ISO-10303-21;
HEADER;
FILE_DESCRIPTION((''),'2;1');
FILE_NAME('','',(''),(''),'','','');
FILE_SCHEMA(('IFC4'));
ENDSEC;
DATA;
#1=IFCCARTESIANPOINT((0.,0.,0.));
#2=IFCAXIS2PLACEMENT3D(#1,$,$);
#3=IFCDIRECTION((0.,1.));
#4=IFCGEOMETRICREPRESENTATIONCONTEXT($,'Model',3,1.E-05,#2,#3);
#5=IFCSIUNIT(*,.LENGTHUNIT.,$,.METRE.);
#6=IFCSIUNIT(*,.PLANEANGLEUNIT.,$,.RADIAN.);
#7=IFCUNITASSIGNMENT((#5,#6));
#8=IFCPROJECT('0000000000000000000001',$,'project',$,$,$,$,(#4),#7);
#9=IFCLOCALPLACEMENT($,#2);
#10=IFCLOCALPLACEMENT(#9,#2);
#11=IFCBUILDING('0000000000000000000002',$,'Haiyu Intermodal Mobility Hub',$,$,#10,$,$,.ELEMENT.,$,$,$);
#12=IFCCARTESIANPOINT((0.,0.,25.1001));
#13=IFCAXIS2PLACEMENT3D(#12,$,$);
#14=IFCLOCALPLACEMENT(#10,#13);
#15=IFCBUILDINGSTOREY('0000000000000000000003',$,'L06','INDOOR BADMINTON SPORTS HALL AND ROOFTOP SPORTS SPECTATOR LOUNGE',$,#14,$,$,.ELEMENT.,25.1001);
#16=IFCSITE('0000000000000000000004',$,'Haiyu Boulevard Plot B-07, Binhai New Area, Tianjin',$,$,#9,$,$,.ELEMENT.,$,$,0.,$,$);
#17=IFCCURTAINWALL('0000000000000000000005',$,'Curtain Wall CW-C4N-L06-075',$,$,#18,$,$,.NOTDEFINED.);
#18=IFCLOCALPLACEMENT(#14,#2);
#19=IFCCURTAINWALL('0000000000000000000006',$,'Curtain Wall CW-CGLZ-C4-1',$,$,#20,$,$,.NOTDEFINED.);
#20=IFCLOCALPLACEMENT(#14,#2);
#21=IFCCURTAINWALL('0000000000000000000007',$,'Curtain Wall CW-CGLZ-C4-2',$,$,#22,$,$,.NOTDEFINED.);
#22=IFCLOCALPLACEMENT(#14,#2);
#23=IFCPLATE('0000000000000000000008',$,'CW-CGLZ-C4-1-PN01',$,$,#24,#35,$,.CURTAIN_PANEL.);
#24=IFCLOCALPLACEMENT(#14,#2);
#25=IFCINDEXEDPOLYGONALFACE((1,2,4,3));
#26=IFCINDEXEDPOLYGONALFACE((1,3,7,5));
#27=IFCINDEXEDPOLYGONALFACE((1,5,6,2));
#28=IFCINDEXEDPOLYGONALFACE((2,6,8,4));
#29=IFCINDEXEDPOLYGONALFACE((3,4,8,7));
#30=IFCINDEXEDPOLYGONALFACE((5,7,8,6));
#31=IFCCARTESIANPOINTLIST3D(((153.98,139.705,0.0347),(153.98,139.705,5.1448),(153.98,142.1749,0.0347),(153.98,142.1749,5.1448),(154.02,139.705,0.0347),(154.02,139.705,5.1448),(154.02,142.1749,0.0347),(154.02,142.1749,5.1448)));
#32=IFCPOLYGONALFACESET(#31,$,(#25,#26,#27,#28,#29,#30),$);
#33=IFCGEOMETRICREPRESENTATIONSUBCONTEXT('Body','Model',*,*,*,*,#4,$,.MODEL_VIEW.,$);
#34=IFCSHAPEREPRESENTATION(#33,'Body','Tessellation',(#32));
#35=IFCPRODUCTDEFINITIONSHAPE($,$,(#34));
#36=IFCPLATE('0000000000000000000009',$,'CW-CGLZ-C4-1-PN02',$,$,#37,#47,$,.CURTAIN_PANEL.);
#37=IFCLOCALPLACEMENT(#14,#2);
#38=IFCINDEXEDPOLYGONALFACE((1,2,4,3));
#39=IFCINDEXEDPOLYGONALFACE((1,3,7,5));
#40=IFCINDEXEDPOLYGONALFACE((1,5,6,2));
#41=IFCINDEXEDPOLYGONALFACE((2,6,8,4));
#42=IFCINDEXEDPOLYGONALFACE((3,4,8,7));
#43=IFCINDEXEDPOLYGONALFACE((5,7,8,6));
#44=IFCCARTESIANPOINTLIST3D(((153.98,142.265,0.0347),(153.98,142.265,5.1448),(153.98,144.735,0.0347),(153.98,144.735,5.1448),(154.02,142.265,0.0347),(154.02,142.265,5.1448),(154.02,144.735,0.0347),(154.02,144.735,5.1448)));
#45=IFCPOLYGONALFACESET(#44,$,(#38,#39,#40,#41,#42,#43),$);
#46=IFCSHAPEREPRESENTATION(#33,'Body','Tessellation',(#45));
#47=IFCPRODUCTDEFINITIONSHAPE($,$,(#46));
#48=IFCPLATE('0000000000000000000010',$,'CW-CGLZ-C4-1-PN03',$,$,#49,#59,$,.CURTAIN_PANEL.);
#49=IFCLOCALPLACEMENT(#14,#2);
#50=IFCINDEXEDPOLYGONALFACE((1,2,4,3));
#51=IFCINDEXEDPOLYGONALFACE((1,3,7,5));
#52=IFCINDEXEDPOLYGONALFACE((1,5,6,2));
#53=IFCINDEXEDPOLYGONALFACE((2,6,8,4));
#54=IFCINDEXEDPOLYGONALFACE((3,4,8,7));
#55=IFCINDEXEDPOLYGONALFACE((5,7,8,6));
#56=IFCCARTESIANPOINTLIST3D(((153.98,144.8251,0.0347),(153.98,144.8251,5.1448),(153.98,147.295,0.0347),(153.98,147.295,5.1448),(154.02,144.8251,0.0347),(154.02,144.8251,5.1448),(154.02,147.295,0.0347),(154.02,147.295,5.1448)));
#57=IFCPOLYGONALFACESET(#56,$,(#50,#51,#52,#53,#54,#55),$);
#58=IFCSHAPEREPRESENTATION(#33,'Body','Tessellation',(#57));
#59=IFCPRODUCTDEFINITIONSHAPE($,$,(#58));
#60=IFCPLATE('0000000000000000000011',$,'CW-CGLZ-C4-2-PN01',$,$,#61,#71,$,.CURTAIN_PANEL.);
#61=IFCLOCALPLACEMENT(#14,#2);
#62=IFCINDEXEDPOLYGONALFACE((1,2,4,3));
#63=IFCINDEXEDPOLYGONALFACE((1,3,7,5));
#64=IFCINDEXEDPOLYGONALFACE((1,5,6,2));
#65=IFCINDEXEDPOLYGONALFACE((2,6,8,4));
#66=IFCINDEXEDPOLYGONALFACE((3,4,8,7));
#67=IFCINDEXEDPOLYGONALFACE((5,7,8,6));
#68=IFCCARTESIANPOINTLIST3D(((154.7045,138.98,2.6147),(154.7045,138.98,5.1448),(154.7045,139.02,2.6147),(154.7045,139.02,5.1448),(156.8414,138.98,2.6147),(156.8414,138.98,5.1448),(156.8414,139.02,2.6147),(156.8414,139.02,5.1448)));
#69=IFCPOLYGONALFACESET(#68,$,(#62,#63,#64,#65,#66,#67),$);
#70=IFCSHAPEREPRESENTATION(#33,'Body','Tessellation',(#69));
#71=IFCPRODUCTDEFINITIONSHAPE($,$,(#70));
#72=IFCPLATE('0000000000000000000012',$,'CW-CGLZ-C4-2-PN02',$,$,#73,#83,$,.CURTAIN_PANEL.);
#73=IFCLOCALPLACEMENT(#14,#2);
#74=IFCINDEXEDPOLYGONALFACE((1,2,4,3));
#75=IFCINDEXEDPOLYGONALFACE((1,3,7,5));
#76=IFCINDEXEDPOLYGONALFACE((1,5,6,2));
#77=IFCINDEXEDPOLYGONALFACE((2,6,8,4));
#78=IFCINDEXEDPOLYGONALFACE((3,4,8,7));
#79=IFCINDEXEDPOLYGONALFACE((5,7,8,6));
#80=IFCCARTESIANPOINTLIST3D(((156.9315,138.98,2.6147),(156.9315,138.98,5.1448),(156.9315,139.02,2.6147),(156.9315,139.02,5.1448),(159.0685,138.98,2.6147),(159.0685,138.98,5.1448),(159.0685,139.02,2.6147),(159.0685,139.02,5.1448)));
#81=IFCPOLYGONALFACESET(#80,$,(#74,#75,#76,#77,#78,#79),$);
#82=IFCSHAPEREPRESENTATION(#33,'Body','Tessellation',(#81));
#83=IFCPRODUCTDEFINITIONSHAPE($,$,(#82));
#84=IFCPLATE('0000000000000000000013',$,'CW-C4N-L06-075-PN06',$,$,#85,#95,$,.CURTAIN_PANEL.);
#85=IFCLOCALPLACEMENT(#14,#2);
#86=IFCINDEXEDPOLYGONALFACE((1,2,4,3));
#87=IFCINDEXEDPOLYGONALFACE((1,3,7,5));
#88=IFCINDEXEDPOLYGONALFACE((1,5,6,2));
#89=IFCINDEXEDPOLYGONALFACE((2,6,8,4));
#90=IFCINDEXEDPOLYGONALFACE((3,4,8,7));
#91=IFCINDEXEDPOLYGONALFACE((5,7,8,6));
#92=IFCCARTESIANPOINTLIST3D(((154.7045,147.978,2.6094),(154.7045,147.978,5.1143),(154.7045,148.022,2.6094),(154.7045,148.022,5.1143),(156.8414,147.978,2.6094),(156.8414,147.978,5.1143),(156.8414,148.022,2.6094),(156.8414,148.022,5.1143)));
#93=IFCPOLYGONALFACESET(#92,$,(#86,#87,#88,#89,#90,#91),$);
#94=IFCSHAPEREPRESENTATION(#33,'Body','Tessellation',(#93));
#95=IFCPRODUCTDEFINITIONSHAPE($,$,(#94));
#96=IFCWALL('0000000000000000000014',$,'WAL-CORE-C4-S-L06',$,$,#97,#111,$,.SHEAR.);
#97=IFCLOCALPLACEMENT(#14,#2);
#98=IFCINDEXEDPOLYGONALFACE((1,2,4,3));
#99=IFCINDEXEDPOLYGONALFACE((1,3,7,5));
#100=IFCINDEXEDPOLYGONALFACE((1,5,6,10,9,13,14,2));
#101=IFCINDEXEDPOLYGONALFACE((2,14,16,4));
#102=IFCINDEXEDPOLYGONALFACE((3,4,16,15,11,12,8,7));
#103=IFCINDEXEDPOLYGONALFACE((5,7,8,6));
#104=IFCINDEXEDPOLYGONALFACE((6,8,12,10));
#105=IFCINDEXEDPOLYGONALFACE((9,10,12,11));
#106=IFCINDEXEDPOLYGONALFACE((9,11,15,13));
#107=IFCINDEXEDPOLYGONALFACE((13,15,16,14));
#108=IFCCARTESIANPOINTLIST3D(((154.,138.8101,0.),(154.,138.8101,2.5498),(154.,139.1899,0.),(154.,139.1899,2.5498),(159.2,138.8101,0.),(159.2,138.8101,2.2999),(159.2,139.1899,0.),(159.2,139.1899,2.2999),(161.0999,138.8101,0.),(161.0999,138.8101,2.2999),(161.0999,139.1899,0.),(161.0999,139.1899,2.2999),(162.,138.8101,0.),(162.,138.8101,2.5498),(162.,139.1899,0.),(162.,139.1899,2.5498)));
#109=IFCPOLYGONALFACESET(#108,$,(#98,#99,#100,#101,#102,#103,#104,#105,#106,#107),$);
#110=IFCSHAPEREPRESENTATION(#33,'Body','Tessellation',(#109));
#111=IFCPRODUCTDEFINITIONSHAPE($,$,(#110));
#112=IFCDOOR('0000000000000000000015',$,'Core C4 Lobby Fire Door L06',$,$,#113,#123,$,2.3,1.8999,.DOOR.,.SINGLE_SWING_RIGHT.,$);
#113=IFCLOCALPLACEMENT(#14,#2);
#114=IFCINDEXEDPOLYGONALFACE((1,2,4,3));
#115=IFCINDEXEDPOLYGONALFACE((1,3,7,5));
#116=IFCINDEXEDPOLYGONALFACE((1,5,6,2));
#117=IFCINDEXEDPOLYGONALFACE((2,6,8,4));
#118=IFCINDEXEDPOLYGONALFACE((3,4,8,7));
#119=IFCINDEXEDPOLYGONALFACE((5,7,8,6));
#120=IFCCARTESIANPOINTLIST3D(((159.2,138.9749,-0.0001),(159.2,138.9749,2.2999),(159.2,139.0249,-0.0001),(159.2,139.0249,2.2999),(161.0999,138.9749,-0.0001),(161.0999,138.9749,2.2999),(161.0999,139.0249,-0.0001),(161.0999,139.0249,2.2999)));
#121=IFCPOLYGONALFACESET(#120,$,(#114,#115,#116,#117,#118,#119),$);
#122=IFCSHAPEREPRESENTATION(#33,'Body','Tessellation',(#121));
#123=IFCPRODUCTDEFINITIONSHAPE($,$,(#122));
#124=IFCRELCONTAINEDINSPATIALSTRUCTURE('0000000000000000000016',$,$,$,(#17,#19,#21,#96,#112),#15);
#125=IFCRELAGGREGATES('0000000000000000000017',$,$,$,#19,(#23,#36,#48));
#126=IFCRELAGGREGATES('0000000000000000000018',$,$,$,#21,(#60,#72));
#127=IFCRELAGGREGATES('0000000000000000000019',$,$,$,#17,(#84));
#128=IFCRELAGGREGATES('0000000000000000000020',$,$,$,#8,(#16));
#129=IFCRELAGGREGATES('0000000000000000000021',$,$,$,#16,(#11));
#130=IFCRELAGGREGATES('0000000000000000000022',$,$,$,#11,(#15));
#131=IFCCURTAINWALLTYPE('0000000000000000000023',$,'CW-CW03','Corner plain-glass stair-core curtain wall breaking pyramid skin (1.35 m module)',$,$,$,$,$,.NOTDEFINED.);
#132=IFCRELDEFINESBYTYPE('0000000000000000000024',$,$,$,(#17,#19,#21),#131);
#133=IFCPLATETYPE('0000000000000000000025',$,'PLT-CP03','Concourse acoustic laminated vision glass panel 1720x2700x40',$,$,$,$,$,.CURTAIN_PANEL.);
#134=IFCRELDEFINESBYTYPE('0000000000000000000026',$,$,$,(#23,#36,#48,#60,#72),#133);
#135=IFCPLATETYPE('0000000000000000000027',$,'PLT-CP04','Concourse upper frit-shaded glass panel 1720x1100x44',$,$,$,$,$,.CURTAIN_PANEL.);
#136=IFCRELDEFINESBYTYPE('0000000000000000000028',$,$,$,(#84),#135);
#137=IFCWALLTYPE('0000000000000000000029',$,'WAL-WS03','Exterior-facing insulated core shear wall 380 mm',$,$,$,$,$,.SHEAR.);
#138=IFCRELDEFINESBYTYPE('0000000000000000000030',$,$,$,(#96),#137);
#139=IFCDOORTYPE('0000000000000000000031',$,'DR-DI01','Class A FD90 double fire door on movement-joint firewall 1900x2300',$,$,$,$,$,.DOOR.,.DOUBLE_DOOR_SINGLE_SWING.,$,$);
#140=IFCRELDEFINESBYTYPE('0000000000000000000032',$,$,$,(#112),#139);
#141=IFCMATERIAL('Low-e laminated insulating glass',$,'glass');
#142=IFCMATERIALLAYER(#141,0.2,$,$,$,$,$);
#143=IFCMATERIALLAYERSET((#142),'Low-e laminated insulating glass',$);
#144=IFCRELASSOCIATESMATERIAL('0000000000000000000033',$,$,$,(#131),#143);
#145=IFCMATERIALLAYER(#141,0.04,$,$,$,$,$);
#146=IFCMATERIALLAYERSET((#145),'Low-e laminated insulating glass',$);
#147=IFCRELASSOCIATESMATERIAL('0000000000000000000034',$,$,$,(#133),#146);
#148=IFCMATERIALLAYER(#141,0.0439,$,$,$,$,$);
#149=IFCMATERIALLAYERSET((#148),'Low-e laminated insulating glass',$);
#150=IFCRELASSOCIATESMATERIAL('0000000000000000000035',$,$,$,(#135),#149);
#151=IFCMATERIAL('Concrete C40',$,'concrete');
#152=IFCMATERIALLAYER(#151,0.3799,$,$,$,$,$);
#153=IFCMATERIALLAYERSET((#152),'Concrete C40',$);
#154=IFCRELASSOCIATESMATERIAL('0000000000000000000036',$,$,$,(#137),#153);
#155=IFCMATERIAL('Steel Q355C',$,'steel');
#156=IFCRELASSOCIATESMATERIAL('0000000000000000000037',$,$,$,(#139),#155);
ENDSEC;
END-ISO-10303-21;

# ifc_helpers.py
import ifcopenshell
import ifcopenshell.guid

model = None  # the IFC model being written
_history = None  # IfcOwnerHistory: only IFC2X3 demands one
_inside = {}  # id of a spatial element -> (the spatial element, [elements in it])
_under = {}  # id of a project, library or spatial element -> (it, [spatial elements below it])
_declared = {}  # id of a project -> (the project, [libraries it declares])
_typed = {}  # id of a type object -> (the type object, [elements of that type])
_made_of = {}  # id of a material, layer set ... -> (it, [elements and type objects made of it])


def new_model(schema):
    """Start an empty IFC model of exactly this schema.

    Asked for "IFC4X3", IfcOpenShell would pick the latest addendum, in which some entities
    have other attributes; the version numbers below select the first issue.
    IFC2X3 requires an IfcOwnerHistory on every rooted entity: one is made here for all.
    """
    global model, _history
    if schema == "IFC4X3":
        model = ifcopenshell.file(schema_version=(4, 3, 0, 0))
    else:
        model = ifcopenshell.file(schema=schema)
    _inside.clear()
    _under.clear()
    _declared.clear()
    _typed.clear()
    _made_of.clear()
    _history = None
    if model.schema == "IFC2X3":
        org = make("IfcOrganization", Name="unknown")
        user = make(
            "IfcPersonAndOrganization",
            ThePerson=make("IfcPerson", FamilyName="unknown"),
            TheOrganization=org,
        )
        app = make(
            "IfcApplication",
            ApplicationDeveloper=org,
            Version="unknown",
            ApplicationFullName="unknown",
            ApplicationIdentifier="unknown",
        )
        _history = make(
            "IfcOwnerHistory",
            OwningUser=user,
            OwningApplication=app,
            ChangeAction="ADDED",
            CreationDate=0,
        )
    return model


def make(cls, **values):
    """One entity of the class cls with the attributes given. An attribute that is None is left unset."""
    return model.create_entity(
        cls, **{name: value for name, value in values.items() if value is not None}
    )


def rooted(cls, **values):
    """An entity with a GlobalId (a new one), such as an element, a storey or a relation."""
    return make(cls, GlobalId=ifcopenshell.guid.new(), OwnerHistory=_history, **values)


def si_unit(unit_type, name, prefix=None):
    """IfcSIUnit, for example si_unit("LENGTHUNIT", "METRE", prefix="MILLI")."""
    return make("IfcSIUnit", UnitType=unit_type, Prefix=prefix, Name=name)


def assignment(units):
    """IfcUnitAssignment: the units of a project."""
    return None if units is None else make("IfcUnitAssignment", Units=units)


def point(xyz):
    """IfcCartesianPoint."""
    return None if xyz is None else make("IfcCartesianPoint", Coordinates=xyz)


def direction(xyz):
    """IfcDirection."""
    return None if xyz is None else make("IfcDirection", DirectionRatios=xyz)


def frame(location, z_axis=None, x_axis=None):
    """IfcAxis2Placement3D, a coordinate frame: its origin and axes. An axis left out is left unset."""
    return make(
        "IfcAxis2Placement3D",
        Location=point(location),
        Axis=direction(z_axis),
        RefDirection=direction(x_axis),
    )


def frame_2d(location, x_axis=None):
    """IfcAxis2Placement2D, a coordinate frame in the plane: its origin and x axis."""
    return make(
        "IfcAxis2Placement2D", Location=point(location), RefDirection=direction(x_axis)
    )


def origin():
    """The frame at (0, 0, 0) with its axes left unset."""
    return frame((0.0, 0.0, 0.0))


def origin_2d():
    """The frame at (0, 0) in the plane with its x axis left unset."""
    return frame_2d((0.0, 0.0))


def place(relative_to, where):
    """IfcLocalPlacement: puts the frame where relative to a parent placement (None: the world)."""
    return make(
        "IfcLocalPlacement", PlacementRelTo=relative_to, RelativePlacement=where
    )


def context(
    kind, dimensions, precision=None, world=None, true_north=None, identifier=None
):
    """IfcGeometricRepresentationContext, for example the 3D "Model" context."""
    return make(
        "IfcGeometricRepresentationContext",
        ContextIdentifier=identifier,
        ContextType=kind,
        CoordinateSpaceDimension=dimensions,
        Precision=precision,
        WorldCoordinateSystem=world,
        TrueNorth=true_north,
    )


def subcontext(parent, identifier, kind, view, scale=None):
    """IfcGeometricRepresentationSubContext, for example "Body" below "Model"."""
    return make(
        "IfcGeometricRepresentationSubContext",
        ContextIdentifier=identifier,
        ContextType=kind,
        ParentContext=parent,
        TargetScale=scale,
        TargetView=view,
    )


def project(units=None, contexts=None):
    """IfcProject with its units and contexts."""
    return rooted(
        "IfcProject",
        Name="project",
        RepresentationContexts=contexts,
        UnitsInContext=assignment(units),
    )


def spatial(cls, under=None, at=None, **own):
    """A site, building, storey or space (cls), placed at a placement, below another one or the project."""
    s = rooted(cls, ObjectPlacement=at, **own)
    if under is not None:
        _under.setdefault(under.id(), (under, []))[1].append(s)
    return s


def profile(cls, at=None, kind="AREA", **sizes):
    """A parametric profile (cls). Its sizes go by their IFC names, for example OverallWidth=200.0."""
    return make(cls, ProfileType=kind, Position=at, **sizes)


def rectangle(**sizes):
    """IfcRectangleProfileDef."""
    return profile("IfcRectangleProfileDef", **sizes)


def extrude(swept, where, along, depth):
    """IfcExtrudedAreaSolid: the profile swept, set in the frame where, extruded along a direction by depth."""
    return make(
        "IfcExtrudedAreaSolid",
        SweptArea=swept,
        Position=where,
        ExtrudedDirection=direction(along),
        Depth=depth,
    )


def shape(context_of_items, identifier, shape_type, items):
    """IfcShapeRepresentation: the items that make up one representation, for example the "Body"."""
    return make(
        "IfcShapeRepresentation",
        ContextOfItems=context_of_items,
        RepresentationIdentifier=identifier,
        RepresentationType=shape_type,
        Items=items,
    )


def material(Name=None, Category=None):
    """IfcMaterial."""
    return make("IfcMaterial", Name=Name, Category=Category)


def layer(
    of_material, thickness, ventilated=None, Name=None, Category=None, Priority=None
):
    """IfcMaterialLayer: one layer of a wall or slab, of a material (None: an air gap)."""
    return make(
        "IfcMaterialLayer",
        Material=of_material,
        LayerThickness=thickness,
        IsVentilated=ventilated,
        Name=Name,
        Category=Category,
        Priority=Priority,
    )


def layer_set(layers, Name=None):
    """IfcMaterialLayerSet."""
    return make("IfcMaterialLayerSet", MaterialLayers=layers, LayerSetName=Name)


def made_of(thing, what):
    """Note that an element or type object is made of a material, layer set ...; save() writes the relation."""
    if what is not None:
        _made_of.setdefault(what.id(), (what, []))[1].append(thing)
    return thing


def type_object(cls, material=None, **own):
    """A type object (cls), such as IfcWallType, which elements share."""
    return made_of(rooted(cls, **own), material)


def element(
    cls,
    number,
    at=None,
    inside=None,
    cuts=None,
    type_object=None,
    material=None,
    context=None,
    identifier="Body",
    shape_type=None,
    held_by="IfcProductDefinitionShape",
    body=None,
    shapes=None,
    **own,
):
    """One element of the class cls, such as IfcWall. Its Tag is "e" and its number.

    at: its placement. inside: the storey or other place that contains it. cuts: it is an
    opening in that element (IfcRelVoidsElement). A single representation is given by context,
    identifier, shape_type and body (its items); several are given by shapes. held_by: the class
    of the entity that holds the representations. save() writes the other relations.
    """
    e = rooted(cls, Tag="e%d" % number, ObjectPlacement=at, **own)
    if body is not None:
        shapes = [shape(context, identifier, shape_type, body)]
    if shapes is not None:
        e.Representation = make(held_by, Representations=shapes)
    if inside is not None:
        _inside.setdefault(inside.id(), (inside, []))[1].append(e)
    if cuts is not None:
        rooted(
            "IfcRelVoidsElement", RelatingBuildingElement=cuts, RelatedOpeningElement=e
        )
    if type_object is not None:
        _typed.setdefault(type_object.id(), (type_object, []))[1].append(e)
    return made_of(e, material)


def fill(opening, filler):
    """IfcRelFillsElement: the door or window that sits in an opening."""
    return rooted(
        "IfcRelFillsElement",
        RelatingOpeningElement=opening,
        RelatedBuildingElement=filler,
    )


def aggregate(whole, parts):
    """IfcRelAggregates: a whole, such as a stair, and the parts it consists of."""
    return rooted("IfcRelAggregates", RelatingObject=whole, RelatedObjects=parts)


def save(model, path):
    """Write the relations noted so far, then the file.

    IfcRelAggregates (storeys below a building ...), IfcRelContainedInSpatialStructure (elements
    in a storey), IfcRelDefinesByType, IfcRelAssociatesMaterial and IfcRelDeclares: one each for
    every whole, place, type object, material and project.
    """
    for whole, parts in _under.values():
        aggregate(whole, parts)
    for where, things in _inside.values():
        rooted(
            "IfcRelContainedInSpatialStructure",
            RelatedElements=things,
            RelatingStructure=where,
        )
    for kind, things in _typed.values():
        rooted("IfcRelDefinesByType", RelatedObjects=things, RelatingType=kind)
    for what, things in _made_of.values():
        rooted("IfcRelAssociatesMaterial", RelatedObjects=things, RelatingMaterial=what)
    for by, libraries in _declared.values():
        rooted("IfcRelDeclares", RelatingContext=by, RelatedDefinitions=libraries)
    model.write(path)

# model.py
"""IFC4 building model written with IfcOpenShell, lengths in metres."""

from ifc_helpers import new_model, si_unit, direction, frame, frame_2d, origin, origin_2d, place, context, subcontext, project, spatial, rectangle, extrude, material, layer, layer_set, type_object, element, fill, aggregate, save


model = new_model("IFC4")

# Units and contexts
model_context = context("Model", 3, precision=1e-05, world=origin(), true_north=direction((0.0, 1.0)))
body_context = subcontext(model_context, "Body", "Model", "MODEL_VIEW")
ifc_project = project(units=[si_unit("LENGTHUNIT", "METRE"), si_unit("PLANEANGLEUNIT", "RADIAN")], contexts=[model_context])

# Site, building, storey
site_placement = place(None, origin())
site = spatial("IfcSite", under=ifc_project, at=site_placement, Name="Haiyu Boulevard Plot B-07, Binhai New Area, Tianjin", CompositionType="ELEMENT", RefElevation=0.0)
building_placement = place(site_placement, origin())
building = spatial("IfcBuilding", under=site, at=building_placement, Name="Haiyu Intermodal Mobility Hub", CompositionType="ELEMENT")
storey_placement = place(building_placement, frame((0.0, 0.0, 25.1001)))
storey = spatial("IfcBuildingStorey", under=building, at=storey_placement, Name="L06", Description="INDOOR BADMINTON SPORTS HALL AND ROOFTOP SPORTS SPECTATOR LOUNGE", CompositionType="ELEMENT", Elevation=25.1001)

# Shared definitions
ifc_material_1 = material(Name="Steel Q355C", Category="steel")

# Curtain walls
ifc_material_2 = material(Name="Low-e laminated insulating glass", Category="glass")
ifc_layer_1 = layer(ifc_material_2, 0.2)
ifc_layer_set_1 = layer_set([ifc_layer_1], Name="Low-e laminated insulating glass")
curtain_wall_type = type_object("IfcCurtainWallType", Name="CW-CW03", Description="Corner plain-glass stair-core curtain wall breaking pyramid skin (1.35 m module)", PredefinedType="NOTDEFINED", material=ifc_layer_set_1)
curtain_wall_1_placement = place(storey_placement, origin())
curtain_wall_1 = element("IfcCurtainWall", 1, at=curtain_wall_1_placement, inside=storey, type_object=curtain_wall_type, Name="Curtain Wall CW-C4N-L06-075", PredefinedType="NOTDEFINED")
curtain_wall_2_placement = place(storey_placement, origin())
curtain_wall_2 = element("IfcCurtainWall", 2, at=curtain_wall_2_placement, inside=storey, type_object=curtain_wall_type, Name="Curtain Wall CW-CGLZ-C4-1", PredefinedType="NOTDEFINED")
curtain_wall_3_placement = place(storey_placement, origin())
curtain_wall_3 = element("IfcCurtainWall", 3, at=curtain_wall_3_placement, inside=storey, type_object=curtain_wall_type, Name="Curtain Wall CW-CGLZ-C4-2", PredefinedType="NOTDEFINED")

# Plates
ifc_layer_2 = layer(ifc_material_2, 0.04)
ifc_layer_set_2 = layer_set([ifc_layer_2], Name="Low-e laminated insulating glass")
plate_type_1 = type_object("IfcPlateType", Name="PLT-CP03", Description="Concourse acoustic laminated vision glass panel 1720x2700x40", PredefinedType="CURTAIN_PANEL", material=ifc_layer_set_2)
plate_1_placement = place(storey_placement, frame((154.0, 140.9399, 0.0347), z_axis=(0.0, 0.0, 1.0), x_axis=(0.0, 1.0, 0.0)))
plate_1 = element("IfcPlate", 4, at=plate_1_placement, type_object=plate_type_1, Name="CW-CGLZ-C4-1-PN01", PredefinedType="CURTAIN_PANEL", context=body_context, shape_type="SweptSolid", body=[
    extrude(rectangle(XDim=2.47, YDim=0.04, at=origin_2d()), origin(), (0.0, 0.0, 1.0), 5.1101),
])
plate_2_placement = place(storey_placement, frame((154.0, 143.5, 0.0347), z_axis=(0.0, 0.0, 1.0), x_axis=(0.0, 1.0, 0.0)))
plate_2 = element("IfcPlate", 5, at=plate_2_placement, type_object=plate_type_1, Name="CW-CGLZ-C4-1-PN02", PredefinedType="CURTAIN_PANEL", context=body_context, shape_type="SweptSolid", body=[
    extrude(rectangle(XDim=2.47, YDim=0.04, at=origin_2d()), origin(), (0.0, 0.0, 1.0), 5.1101),
])
plate_3_placement = place(storey_placement, frame((154.0, 146.0601, 0.0347), z_axis=(0.0, 0.0, 1.0), x_axis=(0.0, 1.0, 0.0)))
plate_3 = element("IfcPlate", 6, at=plate_3_placement, type_object=plate_type_1, Name="CW-CGLZ-C4-1-PN03", PredefinedType="CURTAIN_PANEL", context=body_context, shape_type="SweptSolid", body=[
    extrude(rectangle(XDim=2.47, YDim=0.04, at=origin_2d()), origin(), (0.0, 0.0, 1.0), 5.1101),
])
aggregate(curtain_wall_2, [plate_1, plate_2, plate_3])
plate_4_placement = place(storey_placement, frame((155.7729, 139.0, 2.6147), z_axis=(0.0, 0.0, 1.0), x_axis=(1.0, 0.0, 0.0)))
plate_4 = element("IfcPlate", 7, at=plate_4_placement, type_object=plate_type_1, Name="CW-CGLZ-C4-2-PN01", PredefinedType="CURTAIN_PANEL", context=body_context, shape_type="SweptSolid", body=[
    extrude(rectangle(XDim=2.137, YDim=0.04, at=origin_2d()), origin(), (0.0, 0.0, 1.0), 2.53),
])
plate_5_placement = place(storey_placement, frame((158.0, 139.0, 2.6147), z_axis=(0.0, 0.0, 1.0), x_axis=(1.0, 0.0, 0.0)))
plate_5 = element("IfcPlate", 8, at=plate_5_placement, type_object=plate_type_1, Name="CW-CGLZ-C4-2-PN02", PredefinedType="CURTAIN_PANEL", context=body_context, shape_type="SweptSolid", body=[
    extrude(rectangle(XDim=2.137, YDim=0.04, at=origin_2d()), origin(), (0.0, 0.0, 1.0), 2.53),
])
aggregate(curtain_wall_3, [plate_4, plate_5])
ifc_layer_3 = layer(ifc_material_2, 0.0439)
ifc_layer_set_3 = layer_set([ifc_layer_3], Name="Low-e laminated insulating glass")
plate_type_2 = type_object("IfcPlateType", Name="PLT-CP04", Description="Concourse upper frit-shaded glass panel 1720x1100x44", PredefinedType="CURTAIN_PANEL", material=ifc_layer_set_3)
plate_6_placement = place(storey_placement, frame((155.7729, 148.0, 2.6094), z_axis=(0.0, 0.0, 1.0), x_axis=(-1.0, 0.0, 0.0)))
plate_6 = element("IfcPlate", 9, at=plate_6_placement, type_object=plate_type_2, Name="CW-C4N-L06-075-PN06", PredefinedType="CURTAIN_PANEL", context=body_context, shape_type="SweptSolid", body=[
    extrude(rectangle(XDim=2.137, YDim=0.0439, at=origin_2d()), origin(), (0.0, 0.0, 1.0), 2.5049),
])
aggregate(curtain_wall_1, [plate_6])

# Wall, opening, door
ifc_material_3 = material(Name="Concrete C40", Category="concrete")
ifc_layer_4 = layer(ifc_material_3, 0.3799)
ifc_layer_set_4 = layer_set([ifc_layer_4], Name="Concrete C40")
wall_type = type_object("IfcWallType", Name="WAL-WS03", Description="Exterior-facing insulated core shear wall 380 mm", PredefinedType="SHEAR", material=ifc_layer_set_4)
wall_placement = place(storey_placement, frame((154.0, 139.0, 0.0), z_axis=(0.0, 0.0, 1.0), x_axis=(1.0, 0.0, 0.0)))
wall = element("IfcWall", 10, at=wall_placement, inside=storey, type_object=wall_type, Name="WAL-CORE-C4-S-L06", PredefinedType="SHEAR", context=body_context, shape_type="SweptSolid", body=[
    extrude(rectangle(XDim=8.0, YDim=0.3799, at=frame_2d((4.0, 0.0))), origin(), (0.0, 0.0, 1.0), 2.5498),
])
opening_placement = place(wall_placement, frame((5.2, 0.0, 0.0)))
opening = element("IfcOpeningElement", 11, at=opening_placement, cuts=wall, PredefinedType="OPENING", context=body_context, shape_type="SweptSolid", body=[
    extrude(rectangle(XDim=1.8999, YDim=2.3, at=frame_2d((0.95, 1.1499))), frame((0.0, 0.2, 0.0), z_axis=(0.0, -1.0, 0.0), x_axis=(1.0, 0.0, 0.0)), (0.0, 0.0, 1.0), 0.3999),
])
door_type = type_object("IfcDoorType", Name="DR-DI01", Description="Class A FD90 double fire door on movement-joint firewall 1900x2300", OperationType="DOUBLE_DOOR_SINGLE_SWING", PredefinedType="DOOR", material=ifc_material_1)
door_placement = place(opening_placement, origin())
door = element("IfcDoor", 12, at=door_placement, inside=storey, type_object=door_type, Name="Core C4 Lobby Fire Door L06", OperationType="SINGLE_SWING_RIGHT", OverallHeight=2.3, OverallWidth=1.8999, PredefinedType="DOOR", context=body_context, shape_type="SweptSolid", body=[
    extrude(rectangle(XDim=1.8999, YDim=2.3, at=frame_2d((0.95, 1.1499))), frame((0.0, 0.0249, 0.0), z_axis=(0.0, -1.0, 0.0), x_axis=(1.0, 0.0, 0.0)), (0.0, 0.0, 1.0), 0.05),
])
fill(opening, door)

save(model, "model.ifc")
